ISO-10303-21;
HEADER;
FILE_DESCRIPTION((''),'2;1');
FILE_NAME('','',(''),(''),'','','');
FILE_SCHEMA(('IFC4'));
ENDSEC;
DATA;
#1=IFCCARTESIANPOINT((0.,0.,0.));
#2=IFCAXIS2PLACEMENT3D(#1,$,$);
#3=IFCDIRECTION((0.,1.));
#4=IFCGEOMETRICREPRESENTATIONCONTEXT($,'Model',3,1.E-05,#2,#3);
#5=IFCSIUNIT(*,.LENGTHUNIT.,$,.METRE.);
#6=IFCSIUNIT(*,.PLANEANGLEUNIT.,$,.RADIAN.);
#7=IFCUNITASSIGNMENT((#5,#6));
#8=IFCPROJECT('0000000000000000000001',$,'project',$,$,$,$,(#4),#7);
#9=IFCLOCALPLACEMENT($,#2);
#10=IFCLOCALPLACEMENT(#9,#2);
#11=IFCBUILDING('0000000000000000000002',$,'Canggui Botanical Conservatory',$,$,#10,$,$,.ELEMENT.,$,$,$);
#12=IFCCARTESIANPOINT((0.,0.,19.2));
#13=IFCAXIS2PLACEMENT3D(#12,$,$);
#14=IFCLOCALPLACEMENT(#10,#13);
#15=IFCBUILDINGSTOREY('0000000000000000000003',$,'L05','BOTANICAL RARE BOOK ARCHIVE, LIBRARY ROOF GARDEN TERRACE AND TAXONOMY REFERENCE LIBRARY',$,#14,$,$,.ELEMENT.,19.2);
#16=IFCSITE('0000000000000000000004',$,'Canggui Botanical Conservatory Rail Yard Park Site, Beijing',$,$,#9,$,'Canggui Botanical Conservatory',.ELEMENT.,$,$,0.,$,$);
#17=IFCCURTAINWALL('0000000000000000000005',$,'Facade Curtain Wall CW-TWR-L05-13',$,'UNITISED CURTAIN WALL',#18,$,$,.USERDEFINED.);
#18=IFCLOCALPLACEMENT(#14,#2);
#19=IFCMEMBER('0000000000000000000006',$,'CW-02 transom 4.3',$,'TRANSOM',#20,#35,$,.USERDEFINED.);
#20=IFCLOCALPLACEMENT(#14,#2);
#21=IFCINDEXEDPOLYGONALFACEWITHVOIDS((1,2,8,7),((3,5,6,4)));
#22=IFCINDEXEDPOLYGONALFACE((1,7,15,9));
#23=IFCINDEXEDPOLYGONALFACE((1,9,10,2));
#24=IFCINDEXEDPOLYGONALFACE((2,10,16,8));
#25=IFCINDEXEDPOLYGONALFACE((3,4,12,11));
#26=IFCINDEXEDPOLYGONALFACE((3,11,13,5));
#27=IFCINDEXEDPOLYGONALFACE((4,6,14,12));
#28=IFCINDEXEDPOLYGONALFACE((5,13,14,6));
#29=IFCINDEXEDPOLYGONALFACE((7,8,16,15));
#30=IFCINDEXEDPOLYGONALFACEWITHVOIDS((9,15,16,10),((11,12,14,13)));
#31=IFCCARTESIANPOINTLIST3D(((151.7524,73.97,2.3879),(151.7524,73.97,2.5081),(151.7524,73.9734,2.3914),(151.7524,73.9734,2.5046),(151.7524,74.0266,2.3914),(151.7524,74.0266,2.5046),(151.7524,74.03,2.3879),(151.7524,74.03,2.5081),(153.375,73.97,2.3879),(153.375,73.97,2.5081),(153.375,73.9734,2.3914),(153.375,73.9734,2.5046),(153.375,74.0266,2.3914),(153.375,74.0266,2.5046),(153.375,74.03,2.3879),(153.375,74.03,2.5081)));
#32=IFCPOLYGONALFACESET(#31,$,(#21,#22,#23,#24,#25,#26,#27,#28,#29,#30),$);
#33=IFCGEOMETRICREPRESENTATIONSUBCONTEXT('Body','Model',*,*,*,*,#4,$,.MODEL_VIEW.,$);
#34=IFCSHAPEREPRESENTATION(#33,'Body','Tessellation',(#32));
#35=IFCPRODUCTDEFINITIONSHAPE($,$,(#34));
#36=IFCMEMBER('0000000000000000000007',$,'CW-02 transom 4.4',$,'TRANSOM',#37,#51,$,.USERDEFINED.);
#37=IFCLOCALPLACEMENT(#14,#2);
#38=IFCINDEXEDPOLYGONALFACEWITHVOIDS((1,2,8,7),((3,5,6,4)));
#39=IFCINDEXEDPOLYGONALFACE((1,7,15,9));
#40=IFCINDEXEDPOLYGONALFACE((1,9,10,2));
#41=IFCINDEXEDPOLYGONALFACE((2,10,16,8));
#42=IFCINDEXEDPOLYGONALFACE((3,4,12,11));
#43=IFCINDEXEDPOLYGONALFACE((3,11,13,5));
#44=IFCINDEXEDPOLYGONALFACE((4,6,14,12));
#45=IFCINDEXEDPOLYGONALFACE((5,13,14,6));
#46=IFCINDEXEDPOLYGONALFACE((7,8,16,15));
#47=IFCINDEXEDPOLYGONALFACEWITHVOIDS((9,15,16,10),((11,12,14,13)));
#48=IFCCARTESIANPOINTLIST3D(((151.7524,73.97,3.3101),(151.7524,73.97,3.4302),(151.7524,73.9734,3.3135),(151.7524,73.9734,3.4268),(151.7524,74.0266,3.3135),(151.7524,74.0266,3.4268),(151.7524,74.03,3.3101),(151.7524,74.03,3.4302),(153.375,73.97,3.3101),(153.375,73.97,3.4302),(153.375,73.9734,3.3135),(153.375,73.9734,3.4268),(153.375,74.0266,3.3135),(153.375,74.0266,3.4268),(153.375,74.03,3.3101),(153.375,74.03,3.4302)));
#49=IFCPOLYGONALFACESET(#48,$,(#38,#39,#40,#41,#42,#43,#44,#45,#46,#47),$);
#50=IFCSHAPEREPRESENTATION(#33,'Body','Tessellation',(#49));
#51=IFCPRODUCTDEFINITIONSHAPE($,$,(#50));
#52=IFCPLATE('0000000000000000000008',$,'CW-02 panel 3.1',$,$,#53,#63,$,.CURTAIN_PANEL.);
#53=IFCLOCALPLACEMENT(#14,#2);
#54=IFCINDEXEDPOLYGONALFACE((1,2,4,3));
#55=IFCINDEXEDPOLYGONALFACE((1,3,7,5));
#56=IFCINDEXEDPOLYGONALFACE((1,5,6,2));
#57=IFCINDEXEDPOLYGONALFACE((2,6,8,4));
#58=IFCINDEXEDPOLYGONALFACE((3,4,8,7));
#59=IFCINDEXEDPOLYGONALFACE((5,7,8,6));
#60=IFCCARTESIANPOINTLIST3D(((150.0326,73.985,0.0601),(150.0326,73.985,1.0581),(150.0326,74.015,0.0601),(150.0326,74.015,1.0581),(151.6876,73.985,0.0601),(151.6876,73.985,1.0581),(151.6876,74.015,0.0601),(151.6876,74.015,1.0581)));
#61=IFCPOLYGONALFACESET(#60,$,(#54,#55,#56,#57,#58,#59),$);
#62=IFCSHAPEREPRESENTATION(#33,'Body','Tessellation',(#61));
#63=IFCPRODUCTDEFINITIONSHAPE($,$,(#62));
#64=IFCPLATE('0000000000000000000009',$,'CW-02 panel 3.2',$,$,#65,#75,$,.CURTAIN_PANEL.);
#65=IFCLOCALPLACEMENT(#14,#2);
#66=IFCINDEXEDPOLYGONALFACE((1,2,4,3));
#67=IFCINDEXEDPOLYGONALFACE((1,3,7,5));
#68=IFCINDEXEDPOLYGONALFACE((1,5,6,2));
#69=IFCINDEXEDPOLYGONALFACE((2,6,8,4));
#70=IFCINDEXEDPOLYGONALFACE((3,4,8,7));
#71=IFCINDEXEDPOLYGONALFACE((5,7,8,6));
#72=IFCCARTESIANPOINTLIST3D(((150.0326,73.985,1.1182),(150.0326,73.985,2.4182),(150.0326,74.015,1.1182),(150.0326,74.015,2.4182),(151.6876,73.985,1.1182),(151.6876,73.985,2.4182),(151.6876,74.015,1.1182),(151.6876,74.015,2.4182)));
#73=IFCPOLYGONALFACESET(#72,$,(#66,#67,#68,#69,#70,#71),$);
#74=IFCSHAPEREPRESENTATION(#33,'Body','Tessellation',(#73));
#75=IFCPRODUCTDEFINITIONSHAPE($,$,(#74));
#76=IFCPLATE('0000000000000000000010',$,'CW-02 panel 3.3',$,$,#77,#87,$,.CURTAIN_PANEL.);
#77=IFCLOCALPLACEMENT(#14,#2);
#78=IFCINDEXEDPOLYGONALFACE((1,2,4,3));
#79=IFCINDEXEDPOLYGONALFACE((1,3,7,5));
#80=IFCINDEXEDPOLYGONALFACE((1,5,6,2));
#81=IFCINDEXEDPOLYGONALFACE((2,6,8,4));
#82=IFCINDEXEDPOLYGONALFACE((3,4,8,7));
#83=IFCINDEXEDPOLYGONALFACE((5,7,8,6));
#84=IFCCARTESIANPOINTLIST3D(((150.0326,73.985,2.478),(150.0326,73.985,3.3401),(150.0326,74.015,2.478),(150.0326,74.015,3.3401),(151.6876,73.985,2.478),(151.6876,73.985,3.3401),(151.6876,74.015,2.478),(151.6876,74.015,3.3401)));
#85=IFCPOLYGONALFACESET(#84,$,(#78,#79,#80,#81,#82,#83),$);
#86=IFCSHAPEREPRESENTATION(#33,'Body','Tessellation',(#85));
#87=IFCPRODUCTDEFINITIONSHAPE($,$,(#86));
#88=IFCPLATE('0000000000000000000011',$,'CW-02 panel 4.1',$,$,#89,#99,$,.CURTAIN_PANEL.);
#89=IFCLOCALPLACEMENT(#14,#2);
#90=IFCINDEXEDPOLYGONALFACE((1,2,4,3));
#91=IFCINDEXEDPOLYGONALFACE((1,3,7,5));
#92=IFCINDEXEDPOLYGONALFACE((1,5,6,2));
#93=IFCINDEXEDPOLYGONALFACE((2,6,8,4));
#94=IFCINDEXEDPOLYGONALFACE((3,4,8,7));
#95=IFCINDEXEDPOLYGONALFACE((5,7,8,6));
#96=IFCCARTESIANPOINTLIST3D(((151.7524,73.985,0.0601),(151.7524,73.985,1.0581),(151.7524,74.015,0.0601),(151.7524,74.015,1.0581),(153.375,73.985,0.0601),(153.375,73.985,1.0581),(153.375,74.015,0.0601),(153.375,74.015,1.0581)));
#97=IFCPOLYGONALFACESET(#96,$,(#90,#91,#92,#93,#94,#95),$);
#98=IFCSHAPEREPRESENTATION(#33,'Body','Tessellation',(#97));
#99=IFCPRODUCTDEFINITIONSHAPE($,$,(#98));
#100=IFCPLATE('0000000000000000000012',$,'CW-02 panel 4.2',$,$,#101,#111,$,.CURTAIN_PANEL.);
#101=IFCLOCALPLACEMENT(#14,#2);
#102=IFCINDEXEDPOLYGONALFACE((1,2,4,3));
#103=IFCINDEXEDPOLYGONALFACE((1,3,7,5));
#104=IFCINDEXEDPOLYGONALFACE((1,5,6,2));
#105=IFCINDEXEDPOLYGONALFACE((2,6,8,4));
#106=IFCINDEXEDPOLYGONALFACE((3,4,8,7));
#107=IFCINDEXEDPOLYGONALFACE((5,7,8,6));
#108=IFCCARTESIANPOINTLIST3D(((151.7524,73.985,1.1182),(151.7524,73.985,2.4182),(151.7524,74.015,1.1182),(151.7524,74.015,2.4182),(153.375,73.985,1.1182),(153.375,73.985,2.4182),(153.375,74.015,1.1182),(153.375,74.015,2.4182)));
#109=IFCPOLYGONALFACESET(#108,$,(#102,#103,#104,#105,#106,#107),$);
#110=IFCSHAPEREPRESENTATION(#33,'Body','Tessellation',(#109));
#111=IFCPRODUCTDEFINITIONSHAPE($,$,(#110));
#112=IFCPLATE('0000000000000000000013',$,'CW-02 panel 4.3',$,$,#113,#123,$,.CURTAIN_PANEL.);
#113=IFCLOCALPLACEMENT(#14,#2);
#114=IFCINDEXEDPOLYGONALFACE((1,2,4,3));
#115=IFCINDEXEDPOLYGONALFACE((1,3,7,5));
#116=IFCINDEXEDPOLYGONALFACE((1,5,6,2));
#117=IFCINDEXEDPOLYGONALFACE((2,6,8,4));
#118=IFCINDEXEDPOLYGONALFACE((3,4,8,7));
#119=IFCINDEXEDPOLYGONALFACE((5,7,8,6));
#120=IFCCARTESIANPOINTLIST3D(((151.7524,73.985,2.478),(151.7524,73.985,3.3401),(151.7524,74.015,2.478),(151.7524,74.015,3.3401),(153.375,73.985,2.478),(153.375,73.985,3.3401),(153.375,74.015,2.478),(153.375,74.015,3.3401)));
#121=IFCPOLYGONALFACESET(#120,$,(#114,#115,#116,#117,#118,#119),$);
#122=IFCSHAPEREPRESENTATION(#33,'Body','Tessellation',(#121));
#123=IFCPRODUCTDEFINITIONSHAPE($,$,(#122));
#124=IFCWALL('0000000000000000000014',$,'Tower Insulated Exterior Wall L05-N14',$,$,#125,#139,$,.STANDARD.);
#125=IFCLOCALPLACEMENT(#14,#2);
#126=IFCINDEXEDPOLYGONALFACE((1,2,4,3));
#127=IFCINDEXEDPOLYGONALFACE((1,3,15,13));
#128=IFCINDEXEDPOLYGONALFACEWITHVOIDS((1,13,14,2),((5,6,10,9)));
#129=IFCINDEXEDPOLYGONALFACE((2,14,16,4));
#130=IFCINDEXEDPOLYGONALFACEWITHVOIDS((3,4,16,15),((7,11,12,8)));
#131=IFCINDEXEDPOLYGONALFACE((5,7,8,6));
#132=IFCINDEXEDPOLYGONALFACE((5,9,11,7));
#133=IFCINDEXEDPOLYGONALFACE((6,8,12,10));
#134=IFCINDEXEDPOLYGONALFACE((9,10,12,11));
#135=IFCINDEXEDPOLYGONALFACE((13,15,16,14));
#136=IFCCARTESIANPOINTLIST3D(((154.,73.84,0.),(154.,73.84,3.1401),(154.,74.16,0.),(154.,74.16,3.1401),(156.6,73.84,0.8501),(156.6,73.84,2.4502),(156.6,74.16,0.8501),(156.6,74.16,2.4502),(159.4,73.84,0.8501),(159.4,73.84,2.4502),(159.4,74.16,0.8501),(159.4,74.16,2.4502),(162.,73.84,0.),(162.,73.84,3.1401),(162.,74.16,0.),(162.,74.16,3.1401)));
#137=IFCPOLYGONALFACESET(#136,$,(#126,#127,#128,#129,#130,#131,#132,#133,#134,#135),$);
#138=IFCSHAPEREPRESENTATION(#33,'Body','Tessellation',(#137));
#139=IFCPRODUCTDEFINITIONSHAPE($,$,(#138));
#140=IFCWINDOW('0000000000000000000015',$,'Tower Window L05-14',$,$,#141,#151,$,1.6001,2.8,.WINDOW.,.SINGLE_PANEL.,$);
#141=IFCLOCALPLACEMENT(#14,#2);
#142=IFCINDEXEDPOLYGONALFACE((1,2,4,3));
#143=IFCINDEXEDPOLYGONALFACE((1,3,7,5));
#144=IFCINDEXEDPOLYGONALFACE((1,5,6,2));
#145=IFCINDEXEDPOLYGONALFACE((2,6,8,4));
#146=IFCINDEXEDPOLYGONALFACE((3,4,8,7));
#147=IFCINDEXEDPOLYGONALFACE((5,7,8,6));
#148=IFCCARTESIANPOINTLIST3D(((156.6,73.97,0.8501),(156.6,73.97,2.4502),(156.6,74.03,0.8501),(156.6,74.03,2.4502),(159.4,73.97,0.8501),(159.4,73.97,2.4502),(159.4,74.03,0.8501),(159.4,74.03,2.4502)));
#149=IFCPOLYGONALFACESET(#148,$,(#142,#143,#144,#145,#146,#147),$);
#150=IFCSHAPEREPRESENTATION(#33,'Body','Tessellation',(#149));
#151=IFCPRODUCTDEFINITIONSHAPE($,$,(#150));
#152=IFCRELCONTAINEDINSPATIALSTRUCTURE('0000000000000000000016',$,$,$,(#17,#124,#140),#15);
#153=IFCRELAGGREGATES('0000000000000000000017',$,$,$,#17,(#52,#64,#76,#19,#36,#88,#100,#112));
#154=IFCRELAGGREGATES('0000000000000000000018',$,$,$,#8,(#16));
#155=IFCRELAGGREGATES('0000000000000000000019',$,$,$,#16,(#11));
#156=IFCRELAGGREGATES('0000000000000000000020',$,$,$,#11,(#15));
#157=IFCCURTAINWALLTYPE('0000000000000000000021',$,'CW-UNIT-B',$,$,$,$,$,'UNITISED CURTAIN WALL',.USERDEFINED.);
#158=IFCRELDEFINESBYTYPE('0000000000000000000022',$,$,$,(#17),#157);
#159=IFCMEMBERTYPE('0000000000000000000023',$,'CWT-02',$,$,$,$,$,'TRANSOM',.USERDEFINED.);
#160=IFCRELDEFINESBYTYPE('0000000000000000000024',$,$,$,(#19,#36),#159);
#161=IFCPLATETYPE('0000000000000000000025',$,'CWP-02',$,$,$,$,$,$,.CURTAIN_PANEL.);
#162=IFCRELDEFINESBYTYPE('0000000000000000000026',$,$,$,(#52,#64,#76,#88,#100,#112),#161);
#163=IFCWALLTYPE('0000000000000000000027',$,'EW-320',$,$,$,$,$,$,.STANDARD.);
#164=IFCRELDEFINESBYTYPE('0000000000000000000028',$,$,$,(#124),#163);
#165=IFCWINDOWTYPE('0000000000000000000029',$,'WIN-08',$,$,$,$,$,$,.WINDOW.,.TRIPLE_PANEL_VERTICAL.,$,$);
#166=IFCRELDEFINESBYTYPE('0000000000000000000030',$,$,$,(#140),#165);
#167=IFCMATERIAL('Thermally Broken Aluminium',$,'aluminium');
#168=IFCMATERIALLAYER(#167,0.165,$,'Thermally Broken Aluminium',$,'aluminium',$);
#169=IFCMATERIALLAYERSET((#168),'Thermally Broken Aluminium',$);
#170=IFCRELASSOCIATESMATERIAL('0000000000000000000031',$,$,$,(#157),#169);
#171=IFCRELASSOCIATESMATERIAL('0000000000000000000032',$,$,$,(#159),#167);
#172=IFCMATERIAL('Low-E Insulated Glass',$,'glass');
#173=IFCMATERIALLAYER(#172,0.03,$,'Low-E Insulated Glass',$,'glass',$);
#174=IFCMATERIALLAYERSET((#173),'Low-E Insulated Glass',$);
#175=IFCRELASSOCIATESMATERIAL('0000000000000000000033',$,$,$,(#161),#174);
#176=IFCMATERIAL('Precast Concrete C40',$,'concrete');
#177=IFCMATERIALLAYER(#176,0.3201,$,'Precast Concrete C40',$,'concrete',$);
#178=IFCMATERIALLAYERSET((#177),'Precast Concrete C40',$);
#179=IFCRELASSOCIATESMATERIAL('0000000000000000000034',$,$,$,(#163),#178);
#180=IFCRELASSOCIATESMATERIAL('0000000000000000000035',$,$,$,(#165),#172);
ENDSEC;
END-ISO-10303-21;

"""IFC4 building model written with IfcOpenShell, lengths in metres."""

from ifc_helpers import new_model, si_unit, direction, frame, frame_2d, origin, origin_2d, place, context, subcontext, project, spatial, rectangle, hollow_rectangle, extrude, material, layer, layer_set, material_profile, profile_set, type_object, element, fill, aggregate, save


model = new_model("IFC4")

# Units and contexts
model_context = context("Model", 3, precision=1e-05, world=origin(), true_north=direction((0.0, 1.0)))
body_context = subcontext(model_context, "Body", "Model", "MODEL_VIEW")
ifc_project = project(units=[si_unit("LENGTHUNIT", "METRE"), si_unit("PLANEANGLEUNIT", "RADIAN")], contexts=[model_context])

# Site, building, storey
site_placement = place(None, origin())
site = spatial("IfcSite", under=ifc_project, at=site_placement, Name="Canggui Botanical Conservatory Rail Yard Park Site, Beijing", LongName="Canggui Botanical Conservatory", CompositionType="ELEMENT", RefElevation=0.0)
building_placement = place(site_placement, origin())
building = spatial("IfcBuilding", under=site, at=building_placement, Name="Canggui Botanical Conservatory", CompositionType="ELEMENT")
storey_placement = place(building_placement, frame((0.0, 0.0, 19.2)))
storey = spatial("IfcBuildingStorey", under=building, at=storey_placement, Name="L05", Description="BOTANICAL RARE BOOK ARCHIVE, LIBRARY ROOF GARDEN TERRACE AND TAXONOMY REFERENCE LIBRARY", CompositionType="ELEMENT", Elevation=19.2)

# Curtain wall, members, plates
ifc_material_1 = material(Name="Thermally Broken Aluminium", Category="aluminium")
ifc_layer_1 = layer(ifc_material_1, 0.165, Name="Thermally Broken Aluminium", Category="aluminium")
ifc_layer_set_1 = layer_set([ifc_layer_1], Name="Thermally Broken Aluminium")
curtain_wall_type = type_object("IfcCurtainWallType", Name="CW-UNIT-B", ElementType="UNITISED CURTAIN WALL", PredefinedType="USERDEFINED", material=ifc_layer_set_1)
curtain_wall_placement = place(storey_placement, origin())
curtain_wall = element("IfcCurtainWall", 1, at=curtain_wall_placement, inside=storey, type_object=curtain_wall_type, Name="Facade Curtain Wall CW-TWR-L05-13", ObjectType="UNITISED CURTAIN WALL", PredefinedType="USERDEFINED")
ifc_material_profile_1 = material_profile(ifc_material_1, hollow_rectangle(XDim=0.0601, YDim=0.1201, WallThickness=0.0034, at=origin_2d()), Name="CWT 60x120x3.5")
ifc_profile_set_1 = profile_set([ifc_material_profile_1], Name="Thermally Broken Aluminium")
member_type_1 = type_object("IfcMemberType", Name="CWT-02", ElementType="TRANSOM", PredefinedType="USERDEFINED", material=ifc_profile_set_1)
member_1_placement = place(storey_placement, frame((151.7524, 74.0, 2.448), z_axis=(1.0, 0.0, 0.0), x_axis=(0.0, 1.0, 0.0)))
member_1 = element("IfcMember", 2, at=member_1_placement, type_object=member_type_1, Name="CW-02 transom 4.3", ObjectType="TRANSOM", PredefinedType="USERDEFINED", context=body_context, shape_type="SweptSolid", body=[
    extrude(hollow_rectangle(XDim=0.0601, YDim=0.1201, WallThickness=0.0034, at=origin_2d()), origin(), (0.0, 0.0, 1.0), 1.6226),
])
member_2_placement = place(storey_placement, frame((151.7524, 74.0, 3.3701), z_axis=(1.0, 0.0, 0.0), x_axis=(0.0, 1.0, 0.0)))
member_2 = element("IfcMember", 3, at=member_2_placement, type_object=member_type_1, Name="CW-02 transom 4.4", ObjectType="TRANSOM", PredefinedType="USERDEFINED", context=body_context, shape_type="SweptSolid", body=[
    extrude(hollow_rectangle(XDim=0.0601, YDim=0.1201, WallThickness=0.0034, at=origin_2d()), origin(), (0.0, 0.0, 1.0), 1.6226),
])
ifc_material_2 = material(Name="Low-E Insulated Glass", Category="glass")
ifc_layer_2 = layer(ifc_material_2, 0.03, Name="Low-E Insulated Glass", Category="glass")
ifc_layer_set_2 = layer_set([ifc_layer_2], Name="Low-E Insulated Glass")
plate_type = type_object("IfcPlateType", Name="CWP-02", PredefinedType="CURTAIN_PANEL", material=ifc_layer_set_2)
plate_1_placement = place(storey_placement, frame((150.8601, 74.0, 0.0601), z_axis=(0.0, 0.0, 1.0), x_axis=(1.0, 0.0, 0.0)))
plate_1 = element("IfcPlate", 4, at=plate_1_placement, type_object=plate_type, Name="CW-02 panel 3.1", PredefinedType="CURTAIN_PANEL", context=body_context, shape_type="SweptSolid", body=[
    extrude(rectangle(XDim=1.655, YDim=0.03, at=origin_2d()), origin(), (0.0, 0.0, 1.0), 0.998),
])
plate_2_placement = place(storey_placement, frame((150.8601, 74.0, 1.1182), z_axis=(0.0, 0.0, 1.0), x_axis=(1.0, 0.0, 0.0)))
plate_2 = element("IfcPlate", 5, at=plate_2_placement, type_object=plate_type, Name="CW-02 panel 3.2", PredefinedType="CURTAIN_PANEL", context=body_context, shape_type="SweptSolid", body=[
    extrude(rectangle(XDim=1.655, YDim=0.03, at=origin_2d()), origin(), (0.0, 0.0, 1.0), 1.3),
])
plate_3_placement = place(storey_placement, frame((150.8601, 74.0, 2.478), z_axis=(0.0, 0.0, 1.0), x_axis=(1.0, 0.0, 0.0)))
plate_3 = element("IfcPlate", 6, at=plate_3_placement, type_object=plate_type, Name="CW-02 panel 3.3", PredefinedType="CURTAIN_PANEL", context=body_context, shape_type="SweptSolid", body=[
    extrude(rectangle(XDim=1.655, YDim=0.03, at=origin_2d()), origin(), (0.0, 0.0, 1.0), 0.8621),
])
plate_4_placement = place(storey_placement, frame((152.5637, 74.0, 0.0601), z_axis=(0.0, 0.0, 1.0), x_axis=(1.0, 0.0, 0.0)))
plate_4 = element("IfcPlate", 7, at=plate_4_placement, type_object=plate_type, Name="CW-02 panel 4.1", PredefinedType="CURTAIN_PANEL", context=body_context, shape_type="SweptSolid", body=[
    extrude(rectangle(XDim=1.6226, YDim=0.03, at=origin_2d()), origin(), (0.0, 0.0, 1.0), 0.998),
])
plate_5_placement = place(storey_placement, frame((152.5637, 74.0, 1.1182), z_axis=(0.0, 0.0, 1.0), x_axis=(1.0, 0.0, 0.0)))
plate_5 = element("IfcPlate", 8, at=plate_5_placement, type_object=plate_type, Name="CW-02 panel 4.2", PredefinedType="CURTAIN_PANEL", context=body_context, shape_type="SweptSolid", body=[
    extrude(rectangle(XDim=1.6226, YDim=0.03, at=origin_2d()), origin(), (0.0, 0.0, 1.0), 1.3),
])
plate_6_placement = place(storey_placement, frame((152.5637, 74.0, 2.478), z_axis=(0.0, 0.0, 1.0), x_axis=(1.0, 0.0, 0.0)))
plate_6 = element("IfcPlate", 9, at=plate_6_placement, type_object=plate_type, Name="CW-02 panel 4.3", PredefinedType="CURTAIN_PANEL", context=body_context, shape_type="SweptSolid", body=[
    extrude(rectangle(XDim=1.6226, YDim=0.03, at=origin_2d()), origin(), (0.0, 0.0, 1.0), 0.8621),
])
aggregate(curtain_wall, [plate_1, plate_2, plate_3, member_1, member_2, plate_4, plate_5, plate_6])

# Wall, opening, window
ifc_material_3 = material(Name="Precast Concrete C40", Category="concrete")
ifc_layer_3 = layer(ifc_material_3, 0.3201, Name="Precast Concrete C40", Category="concrete")
ifc_layer_set_3 = layer_set([ifc_layer_3], Name="Precast Concrete C40")
wall_type = type_object("IfcWallType", Name="EW-320", PredefinedType="STANDARD", material=ifc_layer_set_3)
wall_placement = place(storey_placement, frame((154.0, 74.0, 0.0), z_axis=(0.0, 0.0, 1.0), x_axis=(1.0, 0.0, 0.0)))
wall = element("IfcWall", 10, at=wall_placement, inside=storey, type_object=wall_type, Name="Tower Insulated Exterior Wall L05-N14", PredefinedType="STANDARD", context=body_context, shape_type="SweptSolid", body=[
    extrude(rectangle(XDim=8.0, YDim=0.3201, at=frame_2d((4.0, 0.0))), origin(), (0.0, 0.0, 1.0), 3.1401),
])
opening_placement = place(wall_placement, frame((2.6001, 0.0, 0.8501)))
opening = element("IfcOpeningElement", 11, at=opening_placement, cuts=wall, PredefinedType="OPENING", context=body_context, shape_type="SweptSolid", body=[
    extrude(rectangle(XDim=2.8, YDim=1.6001, at=frame_2d((1.3999, 0.8))), frame((0.0, 0.1699, 0.0), z_axis=(0.0, -1.0, 0.0), x_axis=(1.0, 0.0, 0.0)), (0.0, 0.0, 1.0), 0.3401),
])
window_type = type_object("IfcWindowType", Name="WIN-08", PartitioningType="TRIPLE_PANEL_VERTICAL", PredefinedType="WINDOW", material=ifc_material_2)
window_placement = place(opening_placement, origin())
window = element("IfcWindow", 12, at=window_placement, inside=storey, type_object=window_type, Name="Tower Window L05-14", OverallHeight=1.6001, OverallWidth=2.8, PartitioningType="SINGLE_PANEL", PredefinedType="WINDOW", context=body_context, shape_type="SweptSolid", body=[
    extrude(rectangle(XDim=2.8, YDim=1.6001, at=frame_2d((1.3999, 0.8))), frame((0.0, 0.03, 0.0), z_axis=(0.0, -1.0, 0.0), x_axis=(1.0, 0.0, 0.0)), (0.0, 0.0, 1.0), 0.0601),
])
fill(opening, window)

save(model, "model.ifc")
